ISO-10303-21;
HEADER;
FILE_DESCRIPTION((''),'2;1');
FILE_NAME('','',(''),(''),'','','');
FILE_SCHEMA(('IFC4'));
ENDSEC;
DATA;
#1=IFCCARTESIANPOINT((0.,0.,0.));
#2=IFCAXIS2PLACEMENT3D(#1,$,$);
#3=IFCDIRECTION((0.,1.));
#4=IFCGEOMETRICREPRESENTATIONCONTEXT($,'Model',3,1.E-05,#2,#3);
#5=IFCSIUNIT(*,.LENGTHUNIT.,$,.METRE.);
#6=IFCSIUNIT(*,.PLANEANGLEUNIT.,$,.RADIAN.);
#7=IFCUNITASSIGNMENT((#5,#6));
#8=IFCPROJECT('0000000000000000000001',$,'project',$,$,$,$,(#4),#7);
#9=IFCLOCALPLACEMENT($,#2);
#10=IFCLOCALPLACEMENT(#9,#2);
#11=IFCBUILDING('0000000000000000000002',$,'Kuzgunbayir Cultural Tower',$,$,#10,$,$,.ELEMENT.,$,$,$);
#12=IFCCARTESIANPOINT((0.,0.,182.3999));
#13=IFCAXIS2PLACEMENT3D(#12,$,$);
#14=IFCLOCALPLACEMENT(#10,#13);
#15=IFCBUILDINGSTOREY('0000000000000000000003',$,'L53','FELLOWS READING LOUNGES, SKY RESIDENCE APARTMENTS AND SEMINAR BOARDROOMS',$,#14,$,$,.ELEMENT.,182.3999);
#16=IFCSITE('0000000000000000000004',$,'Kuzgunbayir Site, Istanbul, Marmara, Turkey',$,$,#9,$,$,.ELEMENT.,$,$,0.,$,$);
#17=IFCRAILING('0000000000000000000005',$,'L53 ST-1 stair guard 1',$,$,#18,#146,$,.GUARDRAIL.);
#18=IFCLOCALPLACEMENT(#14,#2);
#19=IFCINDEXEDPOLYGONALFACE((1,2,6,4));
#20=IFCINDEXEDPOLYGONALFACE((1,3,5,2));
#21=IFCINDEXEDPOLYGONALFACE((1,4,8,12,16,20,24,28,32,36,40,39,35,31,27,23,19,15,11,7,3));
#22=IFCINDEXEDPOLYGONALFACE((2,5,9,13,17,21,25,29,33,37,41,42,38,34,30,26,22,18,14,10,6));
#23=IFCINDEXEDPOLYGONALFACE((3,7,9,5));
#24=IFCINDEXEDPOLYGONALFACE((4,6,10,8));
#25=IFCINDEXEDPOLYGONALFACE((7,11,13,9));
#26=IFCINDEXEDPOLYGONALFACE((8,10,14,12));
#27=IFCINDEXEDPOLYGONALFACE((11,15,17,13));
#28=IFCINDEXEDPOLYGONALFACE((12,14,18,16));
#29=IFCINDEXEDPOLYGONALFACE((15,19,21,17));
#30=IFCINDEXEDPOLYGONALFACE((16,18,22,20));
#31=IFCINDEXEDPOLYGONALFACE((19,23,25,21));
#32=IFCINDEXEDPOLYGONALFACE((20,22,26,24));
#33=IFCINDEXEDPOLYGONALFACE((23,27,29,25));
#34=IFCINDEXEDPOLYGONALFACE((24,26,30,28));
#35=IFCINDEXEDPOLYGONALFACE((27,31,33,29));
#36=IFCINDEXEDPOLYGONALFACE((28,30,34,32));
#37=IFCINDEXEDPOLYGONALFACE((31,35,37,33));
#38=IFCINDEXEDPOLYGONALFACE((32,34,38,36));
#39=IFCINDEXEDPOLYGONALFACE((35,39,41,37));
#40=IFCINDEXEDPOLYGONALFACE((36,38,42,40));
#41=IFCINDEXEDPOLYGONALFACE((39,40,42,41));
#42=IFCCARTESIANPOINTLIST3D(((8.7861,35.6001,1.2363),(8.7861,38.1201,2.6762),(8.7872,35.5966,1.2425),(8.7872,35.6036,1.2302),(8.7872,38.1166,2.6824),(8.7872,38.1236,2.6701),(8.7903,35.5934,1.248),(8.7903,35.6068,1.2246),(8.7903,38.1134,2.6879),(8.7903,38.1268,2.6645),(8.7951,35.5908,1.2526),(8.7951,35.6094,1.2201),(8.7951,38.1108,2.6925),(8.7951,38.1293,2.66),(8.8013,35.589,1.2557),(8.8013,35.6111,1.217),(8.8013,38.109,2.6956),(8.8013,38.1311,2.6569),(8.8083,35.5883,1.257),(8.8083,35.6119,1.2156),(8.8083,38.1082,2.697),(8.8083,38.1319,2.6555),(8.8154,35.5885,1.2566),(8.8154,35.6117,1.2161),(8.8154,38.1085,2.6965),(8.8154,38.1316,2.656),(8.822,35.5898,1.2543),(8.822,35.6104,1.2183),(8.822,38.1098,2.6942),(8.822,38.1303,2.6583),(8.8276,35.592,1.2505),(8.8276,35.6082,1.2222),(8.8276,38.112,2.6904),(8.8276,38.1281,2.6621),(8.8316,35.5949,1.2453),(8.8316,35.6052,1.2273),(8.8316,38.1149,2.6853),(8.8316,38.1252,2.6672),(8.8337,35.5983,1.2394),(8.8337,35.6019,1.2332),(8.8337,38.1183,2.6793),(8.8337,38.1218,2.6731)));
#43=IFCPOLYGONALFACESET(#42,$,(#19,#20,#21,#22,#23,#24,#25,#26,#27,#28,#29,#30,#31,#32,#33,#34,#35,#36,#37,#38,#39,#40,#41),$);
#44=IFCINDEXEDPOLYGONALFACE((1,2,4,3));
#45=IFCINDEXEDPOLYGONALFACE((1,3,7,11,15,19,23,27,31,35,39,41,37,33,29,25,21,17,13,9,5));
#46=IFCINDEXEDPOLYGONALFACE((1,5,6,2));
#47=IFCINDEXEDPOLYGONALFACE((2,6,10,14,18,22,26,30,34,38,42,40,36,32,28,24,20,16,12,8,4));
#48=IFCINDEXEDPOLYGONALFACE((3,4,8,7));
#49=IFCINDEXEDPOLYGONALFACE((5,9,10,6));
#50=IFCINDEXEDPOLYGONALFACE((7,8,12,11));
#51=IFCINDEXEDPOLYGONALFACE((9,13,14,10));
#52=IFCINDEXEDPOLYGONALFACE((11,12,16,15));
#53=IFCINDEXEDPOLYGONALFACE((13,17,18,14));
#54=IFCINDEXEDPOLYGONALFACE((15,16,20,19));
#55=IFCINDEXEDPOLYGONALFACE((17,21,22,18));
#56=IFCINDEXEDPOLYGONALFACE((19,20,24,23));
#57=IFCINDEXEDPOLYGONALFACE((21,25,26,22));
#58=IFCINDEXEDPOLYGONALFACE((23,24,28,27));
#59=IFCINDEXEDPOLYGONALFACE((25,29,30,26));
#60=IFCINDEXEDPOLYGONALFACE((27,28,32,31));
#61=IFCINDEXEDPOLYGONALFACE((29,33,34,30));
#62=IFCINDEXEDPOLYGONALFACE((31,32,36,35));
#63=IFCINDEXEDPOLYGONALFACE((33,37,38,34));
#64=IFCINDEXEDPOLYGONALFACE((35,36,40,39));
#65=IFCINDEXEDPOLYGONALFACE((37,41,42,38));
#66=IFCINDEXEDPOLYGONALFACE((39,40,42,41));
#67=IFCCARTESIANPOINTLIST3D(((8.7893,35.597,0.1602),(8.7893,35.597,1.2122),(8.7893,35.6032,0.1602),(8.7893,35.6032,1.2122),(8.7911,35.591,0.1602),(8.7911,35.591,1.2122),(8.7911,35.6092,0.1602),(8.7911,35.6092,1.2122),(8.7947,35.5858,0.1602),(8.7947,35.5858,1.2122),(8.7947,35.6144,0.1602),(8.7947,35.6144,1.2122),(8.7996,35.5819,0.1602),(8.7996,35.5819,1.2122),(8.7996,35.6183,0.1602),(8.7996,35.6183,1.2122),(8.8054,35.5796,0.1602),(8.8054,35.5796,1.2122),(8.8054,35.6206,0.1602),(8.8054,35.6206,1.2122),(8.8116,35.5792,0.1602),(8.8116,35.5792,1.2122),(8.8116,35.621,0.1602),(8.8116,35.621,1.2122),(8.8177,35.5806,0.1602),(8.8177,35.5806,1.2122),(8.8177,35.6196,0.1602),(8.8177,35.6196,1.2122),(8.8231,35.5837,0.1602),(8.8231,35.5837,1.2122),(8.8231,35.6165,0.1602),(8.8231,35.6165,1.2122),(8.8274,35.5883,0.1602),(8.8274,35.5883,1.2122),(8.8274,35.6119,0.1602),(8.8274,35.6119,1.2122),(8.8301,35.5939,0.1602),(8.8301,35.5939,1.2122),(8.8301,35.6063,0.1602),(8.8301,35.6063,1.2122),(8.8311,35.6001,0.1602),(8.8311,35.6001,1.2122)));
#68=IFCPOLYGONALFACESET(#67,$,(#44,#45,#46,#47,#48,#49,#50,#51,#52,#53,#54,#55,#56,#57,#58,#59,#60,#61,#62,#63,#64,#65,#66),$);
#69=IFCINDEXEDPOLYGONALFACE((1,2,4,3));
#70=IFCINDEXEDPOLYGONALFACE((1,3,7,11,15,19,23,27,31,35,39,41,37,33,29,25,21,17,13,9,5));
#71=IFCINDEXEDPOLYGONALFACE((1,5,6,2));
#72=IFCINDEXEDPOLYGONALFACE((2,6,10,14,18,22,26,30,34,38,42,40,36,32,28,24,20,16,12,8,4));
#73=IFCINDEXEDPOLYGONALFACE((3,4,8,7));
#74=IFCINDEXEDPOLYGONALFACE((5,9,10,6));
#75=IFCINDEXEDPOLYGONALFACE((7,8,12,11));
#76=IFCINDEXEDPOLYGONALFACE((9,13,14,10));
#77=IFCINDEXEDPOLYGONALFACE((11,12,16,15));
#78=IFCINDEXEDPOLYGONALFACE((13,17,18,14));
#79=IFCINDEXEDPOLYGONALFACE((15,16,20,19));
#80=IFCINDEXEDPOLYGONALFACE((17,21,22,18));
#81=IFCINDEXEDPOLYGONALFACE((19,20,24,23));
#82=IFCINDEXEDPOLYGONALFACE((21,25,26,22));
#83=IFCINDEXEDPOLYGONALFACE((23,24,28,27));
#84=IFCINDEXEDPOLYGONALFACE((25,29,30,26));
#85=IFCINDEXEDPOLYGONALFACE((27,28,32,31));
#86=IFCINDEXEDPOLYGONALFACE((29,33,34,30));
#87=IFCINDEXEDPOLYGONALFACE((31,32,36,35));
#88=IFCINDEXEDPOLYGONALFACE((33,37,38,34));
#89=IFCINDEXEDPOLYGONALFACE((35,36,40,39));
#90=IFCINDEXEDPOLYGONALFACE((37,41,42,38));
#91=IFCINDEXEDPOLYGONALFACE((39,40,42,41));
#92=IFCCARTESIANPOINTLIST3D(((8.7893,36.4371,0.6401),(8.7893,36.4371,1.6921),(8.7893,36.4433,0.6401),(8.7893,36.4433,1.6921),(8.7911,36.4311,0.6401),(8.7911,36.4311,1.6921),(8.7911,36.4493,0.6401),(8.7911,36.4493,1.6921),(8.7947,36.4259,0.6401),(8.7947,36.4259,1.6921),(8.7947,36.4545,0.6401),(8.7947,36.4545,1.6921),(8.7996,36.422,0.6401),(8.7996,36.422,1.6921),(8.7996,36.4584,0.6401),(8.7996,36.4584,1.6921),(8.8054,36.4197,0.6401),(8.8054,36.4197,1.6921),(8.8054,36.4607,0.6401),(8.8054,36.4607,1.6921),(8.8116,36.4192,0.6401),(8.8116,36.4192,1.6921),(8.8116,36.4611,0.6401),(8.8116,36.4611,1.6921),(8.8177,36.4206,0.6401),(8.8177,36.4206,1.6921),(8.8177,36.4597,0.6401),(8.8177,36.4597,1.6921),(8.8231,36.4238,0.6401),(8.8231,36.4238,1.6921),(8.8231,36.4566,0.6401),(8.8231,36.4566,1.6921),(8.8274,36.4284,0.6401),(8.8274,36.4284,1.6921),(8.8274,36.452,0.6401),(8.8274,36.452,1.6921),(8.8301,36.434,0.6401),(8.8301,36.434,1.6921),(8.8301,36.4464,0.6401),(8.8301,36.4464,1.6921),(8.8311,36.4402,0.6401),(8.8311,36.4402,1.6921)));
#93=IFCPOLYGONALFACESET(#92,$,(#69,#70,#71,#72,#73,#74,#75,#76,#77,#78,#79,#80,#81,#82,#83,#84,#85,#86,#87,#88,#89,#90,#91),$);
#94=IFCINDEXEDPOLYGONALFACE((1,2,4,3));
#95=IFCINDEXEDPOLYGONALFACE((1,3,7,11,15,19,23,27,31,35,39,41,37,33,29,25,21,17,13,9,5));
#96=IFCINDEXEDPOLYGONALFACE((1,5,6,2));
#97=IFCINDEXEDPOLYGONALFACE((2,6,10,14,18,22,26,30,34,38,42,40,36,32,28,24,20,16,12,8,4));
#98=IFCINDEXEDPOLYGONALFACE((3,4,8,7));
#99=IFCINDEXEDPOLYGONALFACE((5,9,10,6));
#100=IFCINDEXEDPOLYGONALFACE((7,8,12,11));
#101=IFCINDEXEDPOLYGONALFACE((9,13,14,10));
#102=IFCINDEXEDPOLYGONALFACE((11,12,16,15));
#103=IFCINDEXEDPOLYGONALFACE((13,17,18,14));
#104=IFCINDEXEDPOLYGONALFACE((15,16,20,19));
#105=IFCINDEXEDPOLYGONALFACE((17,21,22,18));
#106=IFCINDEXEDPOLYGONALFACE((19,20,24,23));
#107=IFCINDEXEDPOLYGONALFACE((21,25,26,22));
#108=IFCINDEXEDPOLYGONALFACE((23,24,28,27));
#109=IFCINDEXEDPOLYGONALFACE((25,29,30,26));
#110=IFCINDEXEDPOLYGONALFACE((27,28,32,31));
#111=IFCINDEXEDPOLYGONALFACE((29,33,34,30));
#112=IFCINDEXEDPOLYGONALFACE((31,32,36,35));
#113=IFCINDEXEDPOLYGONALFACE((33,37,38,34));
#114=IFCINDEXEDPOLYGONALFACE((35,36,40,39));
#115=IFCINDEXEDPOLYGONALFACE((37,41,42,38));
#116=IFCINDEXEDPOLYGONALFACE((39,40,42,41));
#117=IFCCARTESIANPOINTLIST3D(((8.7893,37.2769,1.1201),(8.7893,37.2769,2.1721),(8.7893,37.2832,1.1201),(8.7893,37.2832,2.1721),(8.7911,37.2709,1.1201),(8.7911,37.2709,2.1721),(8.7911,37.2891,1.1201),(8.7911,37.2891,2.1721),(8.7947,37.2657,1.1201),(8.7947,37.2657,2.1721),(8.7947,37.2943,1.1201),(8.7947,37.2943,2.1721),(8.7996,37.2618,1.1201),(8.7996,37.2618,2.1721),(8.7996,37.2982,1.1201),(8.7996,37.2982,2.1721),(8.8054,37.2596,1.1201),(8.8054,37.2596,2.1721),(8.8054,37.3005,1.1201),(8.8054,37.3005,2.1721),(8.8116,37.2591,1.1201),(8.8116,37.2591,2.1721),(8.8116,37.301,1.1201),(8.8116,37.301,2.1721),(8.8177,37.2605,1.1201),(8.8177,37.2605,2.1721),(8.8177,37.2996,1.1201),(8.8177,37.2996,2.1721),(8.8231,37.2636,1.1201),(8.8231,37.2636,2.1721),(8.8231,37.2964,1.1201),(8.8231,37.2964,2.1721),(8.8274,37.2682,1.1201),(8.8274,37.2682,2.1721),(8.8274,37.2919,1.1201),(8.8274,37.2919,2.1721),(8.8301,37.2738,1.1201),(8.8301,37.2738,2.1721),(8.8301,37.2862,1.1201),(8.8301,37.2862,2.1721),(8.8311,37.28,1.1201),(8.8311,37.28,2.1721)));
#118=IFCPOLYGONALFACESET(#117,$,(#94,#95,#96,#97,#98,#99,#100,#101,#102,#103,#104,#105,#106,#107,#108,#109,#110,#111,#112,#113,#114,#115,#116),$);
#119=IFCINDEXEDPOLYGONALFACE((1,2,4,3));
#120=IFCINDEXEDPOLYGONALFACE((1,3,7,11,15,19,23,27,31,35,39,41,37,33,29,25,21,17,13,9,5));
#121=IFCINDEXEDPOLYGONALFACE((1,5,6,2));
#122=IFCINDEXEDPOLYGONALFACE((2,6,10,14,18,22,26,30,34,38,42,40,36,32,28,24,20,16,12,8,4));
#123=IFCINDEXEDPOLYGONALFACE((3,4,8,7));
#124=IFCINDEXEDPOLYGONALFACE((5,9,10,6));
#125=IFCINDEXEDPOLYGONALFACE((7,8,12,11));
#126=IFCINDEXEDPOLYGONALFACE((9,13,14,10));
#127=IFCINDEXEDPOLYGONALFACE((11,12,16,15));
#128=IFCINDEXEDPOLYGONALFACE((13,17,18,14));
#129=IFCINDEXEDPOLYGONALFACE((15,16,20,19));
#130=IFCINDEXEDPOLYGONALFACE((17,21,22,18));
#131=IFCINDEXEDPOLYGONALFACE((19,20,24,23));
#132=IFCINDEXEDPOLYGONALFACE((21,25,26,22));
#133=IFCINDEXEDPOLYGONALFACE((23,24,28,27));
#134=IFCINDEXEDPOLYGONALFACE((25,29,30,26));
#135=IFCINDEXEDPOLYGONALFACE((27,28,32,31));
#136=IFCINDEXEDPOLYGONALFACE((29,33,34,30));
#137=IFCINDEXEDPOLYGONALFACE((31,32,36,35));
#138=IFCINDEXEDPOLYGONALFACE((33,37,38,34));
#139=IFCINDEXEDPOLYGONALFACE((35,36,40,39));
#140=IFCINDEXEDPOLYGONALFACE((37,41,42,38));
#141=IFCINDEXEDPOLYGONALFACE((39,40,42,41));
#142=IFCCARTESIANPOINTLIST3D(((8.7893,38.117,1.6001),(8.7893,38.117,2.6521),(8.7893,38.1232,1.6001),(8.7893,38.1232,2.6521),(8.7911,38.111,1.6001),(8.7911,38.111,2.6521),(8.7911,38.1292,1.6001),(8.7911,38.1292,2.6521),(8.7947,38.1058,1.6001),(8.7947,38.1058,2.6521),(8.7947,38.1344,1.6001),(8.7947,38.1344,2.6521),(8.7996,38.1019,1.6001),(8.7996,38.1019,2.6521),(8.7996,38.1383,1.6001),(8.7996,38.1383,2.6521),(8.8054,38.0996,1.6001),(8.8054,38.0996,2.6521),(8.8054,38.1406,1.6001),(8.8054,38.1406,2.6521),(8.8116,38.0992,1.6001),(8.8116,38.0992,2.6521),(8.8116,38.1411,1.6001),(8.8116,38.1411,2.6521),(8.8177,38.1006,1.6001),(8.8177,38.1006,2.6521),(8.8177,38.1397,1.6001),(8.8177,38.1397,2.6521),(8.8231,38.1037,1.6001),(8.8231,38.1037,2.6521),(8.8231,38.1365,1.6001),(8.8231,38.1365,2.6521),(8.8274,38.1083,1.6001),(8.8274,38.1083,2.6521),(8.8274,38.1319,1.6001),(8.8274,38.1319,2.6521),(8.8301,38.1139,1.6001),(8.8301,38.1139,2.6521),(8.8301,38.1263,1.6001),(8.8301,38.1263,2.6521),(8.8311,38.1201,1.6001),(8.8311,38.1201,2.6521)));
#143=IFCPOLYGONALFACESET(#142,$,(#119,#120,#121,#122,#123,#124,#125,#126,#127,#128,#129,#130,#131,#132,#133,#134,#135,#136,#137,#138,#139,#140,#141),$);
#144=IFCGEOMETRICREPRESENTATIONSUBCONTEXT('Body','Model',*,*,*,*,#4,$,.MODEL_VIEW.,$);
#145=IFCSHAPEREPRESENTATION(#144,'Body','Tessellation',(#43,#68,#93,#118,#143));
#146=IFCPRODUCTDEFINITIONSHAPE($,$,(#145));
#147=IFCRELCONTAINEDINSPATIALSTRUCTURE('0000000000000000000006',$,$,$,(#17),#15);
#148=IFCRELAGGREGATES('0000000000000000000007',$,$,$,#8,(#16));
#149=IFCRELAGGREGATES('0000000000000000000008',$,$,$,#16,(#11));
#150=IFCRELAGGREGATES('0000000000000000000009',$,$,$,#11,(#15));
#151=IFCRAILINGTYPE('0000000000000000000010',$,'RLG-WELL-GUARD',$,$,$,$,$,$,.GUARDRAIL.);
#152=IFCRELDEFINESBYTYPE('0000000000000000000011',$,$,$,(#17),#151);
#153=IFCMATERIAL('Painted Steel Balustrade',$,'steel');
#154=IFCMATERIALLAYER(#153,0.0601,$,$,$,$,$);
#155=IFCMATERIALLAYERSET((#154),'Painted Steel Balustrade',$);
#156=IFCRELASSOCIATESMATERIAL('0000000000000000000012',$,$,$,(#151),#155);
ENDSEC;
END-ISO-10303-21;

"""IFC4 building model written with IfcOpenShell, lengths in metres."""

from ifc_helpers import new_model, si_unit, direction, frame, origin, origin_2d, place, context, subcontext, project, spatial, circle, extrude, material, layer, layer_set, type_object, element, save


model = new_model("IFC4")

# Units and contexts
model_context = context("Model", 3, precision=1e-05, world=origin(), true_north=direction((0.0, 1.0)))
body_context = subcontext(model_context, "Body", "Model", "MODEL_VIEW")
ifc_project = project(units=[si_unit("LENGTHUNIT", "METRE"), si_unit("PLANEANGLEUNIT", "RADIAN")], contexts=[model_context])

# Site, building, storey
site_placement = place(None, origin())
site = spatial("IfcSite", under=ifc_project, at=site_placement, Name="Kuzgunbayir Site, Istanbul, Marmara, Turkey", CompositionType="ELEMENT", RefElevation=0.0)
building_placement = place(site_placement, origin())
building = spatial("IfcBuilding", under=site, at=building_placement, Name="Kuzgunbayir Cultural Tower", CompositionType="ELEMENT")
storey_placement = place(building_placement, frame((0.0, 0.0, 182.3999)))
storey = spatial("IfcBuildingStorey", under=building, at=storey_placement, Name="L53", Description="FELLOWS READING LOUNGES, SKY RESIDENCE APARTMENTS AND SEMINAR BOARDROOMS", CompositionType="ELEMENT", Elevation=182.3999)

# Railing
ifc_material_1 = material(Name="Painted Steel Balustrade", Category="steel")
ifc_layer_1 = layer(ifc_material_1, 0.0601)
ifc_layer_set_1 = layer_set([ifc_layer_1], Name="Painted Steel Balustrade")
railing_type_1 = type_object("IfcRailingType", Name="RLG-WELL-GUARD", PredefinedType="GUARDRAIL", material=ifc_layer_set_1)
railing_1_placement = place(storey_placement, frame((8.8101, 35.6001, 0.1602)))
element("IfcRailing", 1, at=railing_1_placement, inside=storey, type_object=railing_type_1, Name="L53 ST-1 stair guard 1", PredefinedType="GUARDRAIL", context=body_context, shape_type="SweptSolid", body=[
    extrude(circle(Radius=0.0239, at=origin_2d()), frame((0.0, 0.0, 1.0762), z_axis=(0.0, 0.868253, 0.496121), x_axis=(-1.0, 0.0, 0.0)), (0.0, 0.0, 1.0), 2.9023),
    extrude(circle(Radius=0.021, at=origin_2d()), origin(), (0.0, 0.0, 1.0), 1.052),
    extrude(circle(Radius=0.021, at=origin_2d()), frame((0.0, 0.8401, 0.48)), (0.0, 0.0, 1.0), 1.052),
    extrude(circle(Radius=0.021, at=origin_2d()), frame((0.0, 1.6799, 0.96)), (0.0, 0.0, 1.0), 1.052),
    extrude(circle(Radius=0.021, at=origin_2d()), frame((0.0, 2.52, 1.4399)), (0.0, 0.0, 1.0), 1.052),
])

save(model, "model.ifc")
